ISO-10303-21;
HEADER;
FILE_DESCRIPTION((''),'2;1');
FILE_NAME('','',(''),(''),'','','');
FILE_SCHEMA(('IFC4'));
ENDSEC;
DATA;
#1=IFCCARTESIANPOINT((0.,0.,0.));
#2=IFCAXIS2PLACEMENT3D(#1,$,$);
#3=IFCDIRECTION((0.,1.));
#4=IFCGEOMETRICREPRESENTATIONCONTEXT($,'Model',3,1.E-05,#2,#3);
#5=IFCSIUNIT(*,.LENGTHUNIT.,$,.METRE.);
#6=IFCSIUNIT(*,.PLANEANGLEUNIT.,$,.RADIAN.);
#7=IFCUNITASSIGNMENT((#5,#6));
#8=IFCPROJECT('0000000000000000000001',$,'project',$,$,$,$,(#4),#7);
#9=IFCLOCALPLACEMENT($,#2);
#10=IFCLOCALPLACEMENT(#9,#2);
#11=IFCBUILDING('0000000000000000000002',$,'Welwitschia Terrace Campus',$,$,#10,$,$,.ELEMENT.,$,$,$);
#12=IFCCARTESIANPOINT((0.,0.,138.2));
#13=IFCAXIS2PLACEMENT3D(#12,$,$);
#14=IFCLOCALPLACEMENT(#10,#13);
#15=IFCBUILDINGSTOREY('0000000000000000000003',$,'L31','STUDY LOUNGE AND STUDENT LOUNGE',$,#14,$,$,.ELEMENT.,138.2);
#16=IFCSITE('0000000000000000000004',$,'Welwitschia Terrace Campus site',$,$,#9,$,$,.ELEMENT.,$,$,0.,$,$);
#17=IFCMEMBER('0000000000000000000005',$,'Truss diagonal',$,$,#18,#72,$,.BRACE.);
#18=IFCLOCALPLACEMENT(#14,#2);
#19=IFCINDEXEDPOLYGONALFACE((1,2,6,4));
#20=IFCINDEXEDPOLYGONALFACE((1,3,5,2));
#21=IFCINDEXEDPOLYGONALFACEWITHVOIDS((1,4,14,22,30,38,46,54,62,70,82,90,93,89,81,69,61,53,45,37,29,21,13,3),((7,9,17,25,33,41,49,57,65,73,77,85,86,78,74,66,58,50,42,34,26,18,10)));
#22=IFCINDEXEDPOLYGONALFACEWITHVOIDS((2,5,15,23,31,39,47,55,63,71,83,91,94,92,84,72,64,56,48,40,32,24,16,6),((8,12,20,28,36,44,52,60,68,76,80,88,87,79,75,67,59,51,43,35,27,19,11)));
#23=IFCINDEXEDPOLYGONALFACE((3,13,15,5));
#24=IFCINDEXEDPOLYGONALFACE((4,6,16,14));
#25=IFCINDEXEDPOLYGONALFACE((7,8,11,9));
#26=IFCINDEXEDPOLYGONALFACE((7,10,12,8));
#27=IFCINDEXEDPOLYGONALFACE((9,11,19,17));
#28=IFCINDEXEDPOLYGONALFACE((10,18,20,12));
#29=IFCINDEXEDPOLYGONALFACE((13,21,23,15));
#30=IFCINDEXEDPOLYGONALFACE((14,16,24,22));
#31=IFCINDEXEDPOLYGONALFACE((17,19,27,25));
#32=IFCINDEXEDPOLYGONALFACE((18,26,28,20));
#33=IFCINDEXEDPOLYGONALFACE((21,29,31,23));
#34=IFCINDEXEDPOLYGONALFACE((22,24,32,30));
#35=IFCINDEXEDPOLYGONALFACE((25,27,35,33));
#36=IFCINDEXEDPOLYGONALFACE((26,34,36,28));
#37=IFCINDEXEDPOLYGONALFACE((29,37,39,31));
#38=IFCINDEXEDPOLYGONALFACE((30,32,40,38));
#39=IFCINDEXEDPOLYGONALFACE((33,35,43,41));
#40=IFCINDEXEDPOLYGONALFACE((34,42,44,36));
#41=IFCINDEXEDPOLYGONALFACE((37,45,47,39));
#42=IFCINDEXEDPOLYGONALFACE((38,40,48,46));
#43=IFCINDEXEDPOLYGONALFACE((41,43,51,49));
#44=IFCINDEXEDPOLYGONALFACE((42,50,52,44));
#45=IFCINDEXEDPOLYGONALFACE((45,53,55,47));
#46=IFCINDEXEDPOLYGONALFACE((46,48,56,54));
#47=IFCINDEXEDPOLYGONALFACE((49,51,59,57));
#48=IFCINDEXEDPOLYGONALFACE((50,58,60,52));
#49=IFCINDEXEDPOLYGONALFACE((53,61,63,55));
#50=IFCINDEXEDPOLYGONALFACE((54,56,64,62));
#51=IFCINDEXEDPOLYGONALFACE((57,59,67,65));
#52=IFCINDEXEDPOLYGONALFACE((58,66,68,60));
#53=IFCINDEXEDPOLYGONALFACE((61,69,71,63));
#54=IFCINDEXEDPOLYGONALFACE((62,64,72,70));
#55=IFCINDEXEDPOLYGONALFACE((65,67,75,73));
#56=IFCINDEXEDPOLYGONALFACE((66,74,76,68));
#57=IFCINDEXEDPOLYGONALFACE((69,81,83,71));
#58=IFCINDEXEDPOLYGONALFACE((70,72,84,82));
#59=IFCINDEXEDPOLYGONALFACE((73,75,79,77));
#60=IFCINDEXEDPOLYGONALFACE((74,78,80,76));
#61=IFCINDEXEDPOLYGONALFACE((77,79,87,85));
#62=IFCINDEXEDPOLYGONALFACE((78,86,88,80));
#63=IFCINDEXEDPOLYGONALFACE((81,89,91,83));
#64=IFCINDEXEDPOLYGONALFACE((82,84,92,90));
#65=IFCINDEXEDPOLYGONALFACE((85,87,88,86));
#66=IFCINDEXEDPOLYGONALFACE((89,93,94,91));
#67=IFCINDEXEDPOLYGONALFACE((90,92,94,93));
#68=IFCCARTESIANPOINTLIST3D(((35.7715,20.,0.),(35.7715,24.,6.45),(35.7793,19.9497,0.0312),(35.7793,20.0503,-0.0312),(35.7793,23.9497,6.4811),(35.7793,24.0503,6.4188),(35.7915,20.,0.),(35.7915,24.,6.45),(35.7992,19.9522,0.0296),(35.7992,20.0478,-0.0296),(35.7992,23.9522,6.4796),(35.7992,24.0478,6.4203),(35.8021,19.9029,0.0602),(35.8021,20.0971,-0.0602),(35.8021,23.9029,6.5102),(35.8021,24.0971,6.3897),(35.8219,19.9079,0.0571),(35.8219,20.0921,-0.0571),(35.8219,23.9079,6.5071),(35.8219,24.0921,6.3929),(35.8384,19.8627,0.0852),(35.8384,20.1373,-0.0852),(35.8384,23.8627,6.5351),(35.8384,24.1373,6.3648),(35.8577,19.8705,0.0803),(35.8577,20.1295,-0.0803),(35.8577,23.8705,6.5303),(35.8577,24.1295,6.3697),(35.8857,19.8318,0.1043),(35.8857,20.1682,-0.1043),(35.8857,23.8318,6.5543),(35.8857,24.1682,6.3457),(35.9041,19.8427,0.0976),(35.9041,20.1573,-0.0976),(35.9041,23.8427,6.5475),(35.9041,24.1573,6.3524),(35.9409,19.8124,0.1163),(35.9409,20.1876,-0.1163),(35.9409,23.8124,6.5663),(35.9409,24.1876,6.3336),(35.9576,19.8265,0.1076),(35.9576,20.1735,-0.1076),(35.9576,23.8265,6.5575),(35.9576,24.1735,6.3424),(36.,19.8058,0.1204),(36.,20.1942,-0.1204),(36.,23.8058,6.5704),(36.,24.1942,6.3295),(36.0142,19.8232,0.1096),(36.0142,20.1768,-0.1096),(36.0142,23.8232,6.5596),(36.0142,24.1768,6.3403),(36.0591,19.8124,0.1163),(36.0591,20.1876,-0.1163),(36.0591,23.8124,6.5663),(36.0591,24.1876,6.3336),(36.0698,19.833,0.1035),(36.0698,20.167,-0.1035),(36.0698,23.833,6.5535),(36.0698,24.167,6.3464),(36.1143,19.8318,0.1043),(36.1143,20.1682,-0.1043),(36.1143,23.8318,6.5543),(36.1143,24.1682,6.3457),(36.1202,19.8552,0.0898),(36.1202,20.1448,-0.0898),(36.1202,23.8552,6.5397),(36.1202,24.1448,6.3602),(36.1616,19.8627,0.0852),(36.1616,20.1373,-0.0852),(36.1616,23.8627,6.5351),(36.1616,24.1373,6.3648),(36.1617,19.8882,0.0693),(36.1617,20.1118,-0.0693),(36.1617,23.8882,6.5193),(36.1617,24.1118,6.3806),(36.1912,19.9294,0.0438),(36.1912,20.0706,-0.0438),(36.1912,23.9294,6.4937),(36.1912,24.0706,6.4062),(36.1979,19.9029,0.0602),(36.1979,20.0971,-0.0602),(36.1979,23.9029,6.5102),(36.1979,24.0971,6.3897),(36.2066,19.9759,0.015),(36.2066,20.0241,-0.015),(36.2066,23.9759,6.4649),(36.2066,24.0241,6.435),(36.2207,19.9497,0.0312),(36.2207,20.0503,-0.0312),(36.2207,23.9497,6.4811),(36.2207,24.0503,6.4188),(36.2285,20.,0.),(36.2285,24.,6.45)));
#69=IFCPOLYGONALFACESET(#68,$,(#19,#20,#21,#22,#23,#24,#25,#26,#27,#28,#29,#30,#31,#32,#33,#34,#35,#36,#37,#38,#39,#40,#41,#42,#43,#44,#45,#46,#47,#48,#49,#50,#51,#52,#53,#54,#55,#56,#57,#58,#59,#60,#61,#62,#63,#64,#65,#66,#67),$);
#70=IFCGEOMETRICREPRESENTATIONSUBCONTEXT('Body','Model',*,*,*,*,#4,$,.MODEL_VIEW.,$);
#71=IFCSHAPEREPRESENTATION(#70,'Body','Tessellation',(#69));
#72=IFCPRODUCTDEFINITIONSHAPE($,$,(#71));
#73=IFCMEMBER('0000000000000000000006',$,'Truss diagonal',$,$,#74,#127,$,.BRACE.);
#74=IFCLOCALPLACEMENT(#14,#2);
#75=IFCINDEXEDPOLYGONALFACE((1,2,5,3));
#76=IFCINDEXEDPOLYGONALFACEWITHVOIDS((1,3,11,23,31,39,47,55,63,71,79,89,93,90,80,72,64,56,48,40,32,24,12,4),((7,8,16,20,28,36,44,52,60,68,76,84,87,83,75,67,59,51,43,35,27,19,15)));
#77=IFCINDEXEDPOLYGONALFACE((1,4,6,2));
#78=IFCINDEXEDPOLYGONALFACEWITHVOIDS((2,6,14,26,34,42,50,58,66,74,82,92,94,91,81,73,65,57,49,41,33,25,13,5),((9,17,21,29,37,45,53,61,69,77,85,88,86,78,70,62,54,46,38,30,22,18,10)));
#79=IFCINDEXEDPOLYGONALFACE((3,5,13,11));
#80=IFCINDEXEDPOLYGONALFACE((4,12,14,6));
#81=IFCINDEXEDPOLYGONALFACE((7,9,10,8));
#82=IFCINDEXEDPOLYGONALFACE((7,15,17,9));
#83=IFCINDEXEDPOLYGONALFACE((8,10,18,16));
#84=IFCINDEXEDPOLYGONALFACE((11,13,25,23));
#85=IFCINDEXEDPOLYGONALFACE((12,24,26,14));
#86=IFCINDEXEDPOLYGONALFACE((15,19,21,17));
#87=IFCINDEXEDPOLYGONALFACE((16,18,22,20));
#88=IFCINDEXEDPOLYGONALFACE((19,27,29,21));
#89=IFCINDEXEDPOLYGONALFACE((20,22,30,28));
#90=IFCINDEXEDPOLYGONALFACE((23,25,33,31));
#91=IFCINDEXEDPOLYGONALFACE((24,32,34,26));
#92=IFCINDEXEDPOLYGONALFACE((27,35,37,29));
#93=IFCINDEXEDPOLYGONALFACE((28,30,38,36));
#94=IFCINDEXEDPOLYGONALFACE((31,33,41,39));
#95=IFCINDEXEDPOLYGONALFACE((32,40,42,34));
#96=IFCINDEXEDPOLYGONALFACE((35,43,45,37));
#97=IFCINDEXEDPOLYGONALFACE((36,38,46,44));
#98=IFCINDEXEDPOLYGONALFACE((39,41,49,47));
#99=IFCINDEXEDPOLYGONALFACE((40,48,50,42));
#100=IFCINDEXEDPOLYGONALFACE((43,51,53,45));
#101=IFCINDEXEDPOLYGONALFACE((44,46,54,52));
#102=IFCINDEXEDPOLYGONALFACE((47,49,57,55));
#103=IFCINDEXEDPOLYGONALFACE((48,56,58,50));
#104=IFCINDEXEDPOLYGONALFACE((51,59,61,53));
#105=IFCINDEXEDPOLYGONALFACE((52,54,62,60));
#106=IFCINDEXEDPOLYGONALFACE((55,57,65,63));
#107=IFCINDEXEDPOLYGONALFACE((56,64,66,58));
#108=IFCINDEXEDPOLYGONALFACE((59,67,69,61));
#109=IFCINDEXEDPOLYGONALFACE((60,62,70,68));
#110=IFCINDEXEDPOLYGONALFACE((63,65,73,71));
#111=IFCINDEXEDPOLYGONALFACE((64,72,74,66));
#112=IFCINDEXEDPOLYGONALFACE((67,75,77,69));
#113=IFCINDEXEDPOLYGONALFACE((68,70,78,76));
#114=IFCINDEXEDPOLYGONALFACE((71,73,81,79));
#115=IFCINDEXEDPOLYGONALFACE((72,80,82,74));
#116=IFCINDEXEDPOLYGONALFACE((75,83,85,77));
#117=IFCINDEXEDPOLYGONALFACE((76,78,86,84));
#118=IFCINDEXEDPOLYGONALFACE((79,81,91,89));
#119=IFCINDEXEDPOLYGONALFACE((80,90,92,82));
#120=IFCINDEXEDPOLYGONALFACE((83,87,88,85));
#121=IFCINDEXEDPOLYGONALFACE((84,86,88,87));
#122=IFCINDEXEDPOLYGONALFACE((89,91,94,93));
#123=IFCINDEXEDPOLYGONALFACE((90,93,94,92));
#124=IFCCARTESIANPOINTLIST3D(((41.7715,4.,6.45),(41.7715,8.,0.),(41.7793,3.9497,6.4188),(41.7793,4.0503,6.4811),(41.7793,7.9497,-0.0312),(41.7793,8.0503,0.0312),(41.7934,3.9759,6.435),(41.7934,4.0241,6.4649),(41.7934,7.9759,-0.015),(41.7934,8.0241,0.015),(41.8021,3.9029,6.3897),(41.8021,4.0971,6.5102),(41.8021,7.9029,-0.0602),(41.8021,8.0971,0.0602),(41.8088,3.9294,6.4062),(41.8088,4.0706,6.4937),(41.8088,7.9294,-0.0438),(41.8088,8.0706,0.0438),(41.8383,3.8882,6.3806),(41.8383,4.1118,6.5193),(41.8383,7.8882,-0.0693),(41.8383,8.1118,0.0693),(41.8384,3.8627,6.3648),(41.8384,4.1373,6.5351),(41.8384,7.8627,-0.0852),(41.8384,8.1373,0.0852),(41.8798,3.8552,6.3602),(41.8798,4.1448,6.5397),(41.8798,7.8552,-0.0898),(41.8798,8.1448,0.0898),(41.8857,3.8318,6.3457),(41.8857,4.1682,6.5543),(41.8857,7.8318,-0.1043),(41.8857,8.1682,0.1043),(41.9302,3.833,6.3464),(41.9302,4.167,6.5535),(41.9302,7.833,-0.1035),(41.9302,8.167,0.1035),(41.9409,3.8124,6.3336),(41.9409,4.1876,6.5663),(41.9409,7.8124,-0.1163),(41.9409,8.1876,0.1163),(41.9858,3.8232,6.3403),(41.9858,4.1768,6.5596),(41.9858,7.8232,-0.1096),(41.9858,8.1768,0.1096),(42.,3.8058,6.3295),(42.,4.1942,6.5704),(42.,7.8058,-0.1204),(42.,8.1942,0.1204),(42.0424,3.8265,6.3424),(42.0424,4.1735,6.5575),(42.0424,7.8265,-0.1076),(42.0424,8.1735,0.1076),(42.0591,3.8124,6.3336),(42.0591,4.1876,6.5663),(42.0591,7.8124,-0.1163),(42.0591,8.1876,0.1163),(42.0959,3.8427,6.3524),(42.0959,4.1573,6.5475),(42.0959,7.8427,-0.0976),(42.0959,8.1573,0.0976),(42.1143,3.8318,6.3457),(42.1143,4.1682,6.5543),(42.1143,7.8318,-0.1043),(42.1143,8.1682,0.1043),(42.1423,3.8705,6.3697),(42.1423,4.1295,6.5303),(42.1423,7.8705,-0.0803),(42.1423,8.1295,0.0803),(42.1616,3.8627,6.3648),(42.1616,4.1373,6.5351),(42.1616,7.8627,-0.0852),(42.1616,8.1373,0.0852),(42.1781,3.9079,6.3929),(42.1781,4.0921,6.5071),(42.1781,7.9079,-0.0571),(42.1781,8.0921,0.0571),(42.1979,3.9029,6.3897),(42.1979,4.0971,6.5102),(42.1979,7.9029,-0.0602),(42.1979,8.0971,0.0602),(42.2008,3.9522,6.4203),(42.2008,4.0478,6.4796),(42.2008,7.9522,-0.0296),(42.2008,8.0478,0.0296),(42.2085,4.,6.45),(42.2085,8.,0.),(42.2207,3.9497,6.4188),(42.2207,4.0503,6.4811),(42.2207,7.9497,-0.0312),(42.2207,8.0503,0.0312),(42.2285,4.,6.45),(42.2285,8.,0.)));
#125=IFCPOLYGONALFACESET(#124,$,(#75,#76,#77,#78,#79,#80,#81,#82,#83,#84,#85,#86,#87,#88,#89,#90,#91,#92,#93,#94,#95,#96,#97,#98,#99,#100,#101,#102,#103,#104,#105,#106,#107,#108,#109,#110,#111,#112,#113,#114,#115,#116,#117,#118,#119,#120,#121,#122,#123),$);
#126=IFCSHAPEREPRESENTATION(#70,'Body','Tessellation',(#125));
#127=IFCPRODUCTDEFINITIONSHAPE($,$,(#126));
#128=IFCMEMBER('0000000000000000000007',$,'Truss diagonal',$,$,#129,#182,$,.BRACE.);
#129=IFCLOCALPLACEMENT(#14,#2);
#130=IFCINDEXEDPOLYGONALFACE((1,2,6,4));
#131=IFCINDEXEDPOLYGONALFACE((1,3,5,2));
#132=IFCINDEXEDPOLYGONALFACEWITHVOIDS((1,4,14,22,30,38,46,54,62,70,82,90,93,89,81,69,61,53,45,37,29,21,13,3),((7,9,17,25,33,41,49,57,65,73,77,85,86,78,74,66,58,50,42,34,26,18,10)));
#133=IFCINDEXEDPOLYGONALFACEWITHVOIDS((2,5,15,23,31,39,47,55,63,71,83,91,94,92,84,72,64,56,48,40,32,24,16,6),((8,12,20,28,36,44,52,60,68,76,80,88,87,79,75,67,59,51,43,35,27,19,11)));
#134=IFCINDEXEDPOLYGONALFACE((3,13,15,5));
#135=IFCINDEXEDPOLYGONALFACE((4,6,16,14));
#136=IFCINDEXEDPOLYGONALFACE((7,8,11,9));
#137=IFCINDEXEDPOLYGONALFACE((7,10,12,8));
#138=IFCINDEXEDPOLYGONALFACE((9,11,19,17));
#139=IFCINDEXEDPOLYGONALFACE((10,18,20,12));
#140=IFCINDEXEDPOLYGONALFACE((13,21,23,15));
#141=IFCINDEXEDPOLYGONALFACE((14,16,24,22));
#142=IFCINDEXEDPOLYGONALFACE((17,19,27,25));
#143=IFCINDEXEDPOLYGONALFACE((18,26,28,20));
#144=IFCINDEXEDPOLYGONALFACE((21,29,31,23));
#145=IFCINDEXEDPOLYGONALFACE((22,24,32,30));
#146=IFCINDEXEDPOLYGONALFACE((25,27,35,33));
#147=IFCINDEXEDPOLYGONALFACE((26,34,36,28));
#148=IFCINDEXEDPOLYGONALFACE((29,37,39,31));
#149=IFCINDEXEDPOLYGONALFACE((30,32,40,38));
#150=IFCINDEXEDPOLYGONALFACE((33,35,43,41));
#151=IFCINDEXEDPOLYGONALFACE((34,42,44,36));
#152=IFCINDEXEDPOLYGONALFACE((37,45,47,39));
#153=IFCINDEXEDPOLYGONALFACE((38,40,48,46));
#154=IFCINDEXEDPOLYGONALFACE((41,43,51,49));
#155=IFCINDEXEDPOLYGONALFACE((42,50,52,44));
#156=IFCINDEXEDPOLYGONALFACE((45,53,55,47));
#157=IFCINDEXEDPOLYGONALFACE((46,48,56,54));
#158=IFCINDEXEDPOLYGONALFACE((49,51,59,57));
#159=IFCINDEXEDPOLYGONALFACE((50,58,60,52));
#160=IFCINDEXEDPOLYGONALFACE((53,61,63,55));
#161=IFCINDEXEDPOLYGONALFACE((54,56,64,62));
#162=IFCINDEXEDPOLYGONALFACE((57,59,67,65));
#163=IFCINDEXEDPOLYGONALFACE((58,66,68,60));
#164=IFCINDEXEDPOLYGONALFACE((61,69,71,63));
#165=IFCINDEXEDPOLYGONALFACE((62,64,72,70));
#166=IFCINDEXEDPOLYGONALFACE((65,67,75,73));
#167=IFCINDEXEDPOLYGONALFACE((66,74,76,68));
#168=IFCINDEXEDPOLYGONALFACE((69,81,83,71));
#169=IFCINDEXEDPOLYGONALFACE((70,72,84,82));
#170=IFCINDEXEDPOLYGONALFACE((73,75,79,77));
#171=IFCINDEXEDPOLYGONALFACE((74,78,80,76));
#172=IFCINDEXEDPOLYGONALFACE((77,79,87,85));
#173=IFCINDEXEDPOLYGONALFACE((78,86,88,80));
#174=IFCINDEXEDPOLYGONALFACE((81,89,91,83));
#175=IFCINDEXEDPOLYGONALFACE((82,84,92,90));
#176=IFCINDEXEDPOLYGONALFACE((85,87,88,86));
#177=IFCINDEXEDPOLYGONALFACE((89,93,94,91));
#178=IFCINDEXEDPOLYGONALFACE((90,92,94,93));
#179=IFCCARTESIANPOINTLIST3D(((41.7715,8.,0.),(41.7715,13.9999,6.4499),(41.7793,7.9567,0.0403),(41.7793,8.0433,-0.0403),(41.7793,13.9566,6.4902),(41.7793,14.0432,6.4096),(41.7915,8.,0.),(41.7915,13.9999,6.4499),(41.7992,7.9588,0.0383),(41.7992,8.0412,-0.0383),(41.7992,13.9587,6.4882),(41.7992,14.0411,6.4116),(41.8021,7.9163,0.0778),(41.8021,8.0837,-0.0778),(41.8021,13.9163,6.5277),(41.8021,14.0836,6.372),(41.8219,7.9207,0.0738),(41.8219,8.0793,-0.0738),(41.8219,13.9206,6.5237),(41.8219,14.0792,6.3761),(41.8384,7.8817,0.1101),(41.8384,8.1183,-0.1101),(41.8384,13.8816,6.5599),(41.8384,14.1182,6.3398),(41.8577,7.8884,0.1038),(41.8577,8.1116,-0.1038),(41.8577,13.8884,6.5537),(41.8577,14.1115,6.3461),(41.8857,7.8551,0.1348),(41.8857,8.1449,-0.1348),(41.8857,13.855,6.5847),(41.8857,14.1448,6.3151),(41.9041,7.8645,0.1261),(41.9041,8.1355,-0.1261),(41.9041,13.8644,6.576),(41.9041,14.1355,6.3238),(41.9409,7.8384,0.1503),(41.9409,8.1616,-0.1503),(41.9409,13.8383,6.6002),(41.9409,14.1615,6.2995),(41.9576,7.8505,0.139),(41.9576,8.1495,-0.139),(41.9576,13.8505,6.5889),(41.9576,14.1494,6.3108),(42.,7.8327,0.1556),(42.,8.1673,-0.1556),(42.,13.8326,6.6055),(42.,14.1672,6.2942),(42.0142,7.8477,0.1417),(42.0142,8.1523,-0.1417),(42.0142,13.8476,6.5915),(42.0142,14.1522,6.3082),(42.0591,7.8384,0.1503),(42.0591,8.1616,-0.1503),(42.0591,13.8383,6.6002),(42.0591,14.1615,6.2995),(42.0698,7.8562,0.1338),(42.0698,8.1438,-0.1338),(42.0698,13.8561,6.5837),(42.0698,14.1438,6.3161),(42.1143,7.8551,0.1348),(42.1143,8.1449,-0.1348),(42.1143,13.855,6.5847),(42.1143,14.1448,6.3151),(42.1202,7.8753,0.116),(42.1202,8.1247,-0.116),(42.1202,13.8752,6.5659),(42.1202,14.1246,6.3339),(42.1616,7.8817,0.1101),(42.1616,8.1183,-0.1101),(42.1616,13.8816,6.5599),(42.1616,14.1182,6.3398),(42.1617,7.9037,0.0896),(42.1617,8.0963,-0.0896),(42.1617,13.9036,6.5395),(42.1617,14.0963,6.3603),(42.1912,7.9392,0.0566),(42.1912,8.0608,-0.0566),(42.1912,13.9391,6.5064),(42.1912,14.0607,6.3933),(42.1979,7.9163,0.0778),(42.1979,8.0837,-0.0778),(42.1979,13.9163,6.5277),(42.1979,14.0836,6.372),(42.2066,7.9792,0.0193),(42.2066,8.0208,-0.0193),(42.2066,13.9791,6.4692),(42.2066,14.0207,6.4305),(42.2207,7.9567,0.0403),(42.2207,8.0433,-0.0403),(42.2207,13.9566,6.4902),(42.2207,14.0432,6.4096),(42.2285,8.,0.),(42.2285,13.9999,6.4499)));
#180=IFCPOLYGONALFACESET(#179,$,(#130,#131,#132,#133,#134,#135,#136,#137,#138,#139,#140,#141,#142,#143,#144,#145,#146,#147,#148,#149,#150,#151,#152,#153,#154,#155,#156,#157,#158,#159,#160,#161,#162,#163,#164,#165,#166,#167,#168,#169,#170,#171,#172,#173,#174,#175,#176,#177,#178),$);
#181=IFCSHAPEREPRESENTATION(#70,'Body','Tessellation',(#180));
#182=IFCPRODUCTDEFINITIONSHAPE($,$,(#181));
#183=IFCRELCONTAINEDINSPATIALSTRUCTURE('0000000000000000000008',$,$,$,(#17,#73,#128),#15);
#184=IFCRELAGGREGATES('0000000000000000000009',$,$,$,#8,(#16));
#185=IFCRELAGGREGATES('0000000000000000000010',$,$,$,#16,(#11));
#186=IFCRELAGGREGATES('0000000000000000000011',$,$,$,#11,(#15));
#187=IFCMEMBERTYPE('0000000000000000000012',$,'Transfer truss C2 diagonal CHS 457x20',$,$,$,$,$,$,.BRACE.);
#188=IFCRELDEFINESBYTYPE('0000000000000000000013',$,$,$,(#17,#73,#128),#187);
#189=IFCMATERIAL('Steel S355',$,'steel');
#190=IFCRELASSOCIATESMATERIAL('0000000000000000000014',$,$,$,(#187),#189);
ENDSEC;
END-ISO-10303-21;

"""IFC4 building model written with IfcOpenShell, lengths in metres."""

from ifc_helpers import new_model, si_unit, direction, frame, origin, origin_2d, place, context, subcontext, project, spatial, hollow_circle, extrude, material, material_profile, profile_set, type_object, element, save


model = new_model("IFC4")

# Units and contexts
model_context = context("Model", 3, precision=1e-05, world=origin(), true_north=direction((0.0, 1.0)))
body_context = subcontext(model_context, "Body", "Model", "MODEL_VIEW")
ifc_project = project(units=[si_unit("LENGTHUNIT", "METRE"), si_unit("PLANEANGLEUNIT", "RADIAN")], contexts=[model_context])

# Site, building, storey
site_placement = place(None, origin())
site = spatial("IfcSite", under=ifc_project, at=site_placement, Name="Welwitschia Terrace Campus site", CompositionType="ELEMENT", RefElevation=0.0)
building_placement = place(site_placement, origin())
building = spatial("IfcBuilding", under=site, at=building_placement, Name="Welwitschia Terrace Campus", CompositionType="ELEMENT")
storey_placement = place(building_placement, frame((0.0, 0.0, 138.2)))
storey = spatial("IfcBuildingStorey", under=building, at=storey_placement, Name="L31", Description="STUDY LOUNGE AND STUDENT LOUNGE", CompositionType="ELEMENT", Elevation=138.2)

# Members
ifc_material_1 = material(Name="Steel S355", Category="steel")
ifc_material_profile_1 = material_profile(ifc_material_1, hollow_circle(Radius=0.2285, WallThickness=0.02, at=origin_2d()))
ifc_profile_set_1 = profile_set([ifc_material_profile_1], Name="Steel S355")
member_type_1 = type_object("IfcMemberType", Name="Transfer truss C2 diagonal CHS 457x20", PredefinedType="BRACE", material=ifc_profile_set_1)
for number, where, z_axis, x_axis, name in (
    (1, (36.0, 20.0, 0.0), (0.0, 0.527038, 0.849842), (-1.0, 0.0, 0.0), "Truss diagonal"),
    (2, (42.0, 8.0, 0.0), (0.0, -0.527038, 0.849842), (1.0, 0.0, 0.0), "Truss diagonal"),
):
    element("IfcMember", number, at=place(storey_placement, frame(where, z_axis=z_axis, x_axis=x_axis)), inside=storey, type_object=member_type_1, Name=name, PredefinedType="BRACE", context=body_context, shape_type="SweptSolid", body=[
        extrude(hollow_circle(Radius=0.2285, WallThickness=0.02, at=origin_2d()), origin(), (0.0, 0.0, 1.0), 7.5896),
    ])
member_1_placement = place(storey_placement, frame((42.0, 8.0, 0.0), z_axis=(0.0, 0.681107, 0.732184), x_axis=(-1.0, 0.0, 0.0)))
element("IfcMember", 3, at=member_1_placement, inside=storey, type_object=member_type_1, Name="Truss diagonal", PredefinedType="BRACE", context=body_context, shape_type="SweptSolid", body=[
    extrude(hollow_circle(Radius=0.2285, WallThickness=0.02, at=origin_2d()), origin(), (0.0, 0.0, 1.0), 8.8091),
])

save(model, "model.ifc")
